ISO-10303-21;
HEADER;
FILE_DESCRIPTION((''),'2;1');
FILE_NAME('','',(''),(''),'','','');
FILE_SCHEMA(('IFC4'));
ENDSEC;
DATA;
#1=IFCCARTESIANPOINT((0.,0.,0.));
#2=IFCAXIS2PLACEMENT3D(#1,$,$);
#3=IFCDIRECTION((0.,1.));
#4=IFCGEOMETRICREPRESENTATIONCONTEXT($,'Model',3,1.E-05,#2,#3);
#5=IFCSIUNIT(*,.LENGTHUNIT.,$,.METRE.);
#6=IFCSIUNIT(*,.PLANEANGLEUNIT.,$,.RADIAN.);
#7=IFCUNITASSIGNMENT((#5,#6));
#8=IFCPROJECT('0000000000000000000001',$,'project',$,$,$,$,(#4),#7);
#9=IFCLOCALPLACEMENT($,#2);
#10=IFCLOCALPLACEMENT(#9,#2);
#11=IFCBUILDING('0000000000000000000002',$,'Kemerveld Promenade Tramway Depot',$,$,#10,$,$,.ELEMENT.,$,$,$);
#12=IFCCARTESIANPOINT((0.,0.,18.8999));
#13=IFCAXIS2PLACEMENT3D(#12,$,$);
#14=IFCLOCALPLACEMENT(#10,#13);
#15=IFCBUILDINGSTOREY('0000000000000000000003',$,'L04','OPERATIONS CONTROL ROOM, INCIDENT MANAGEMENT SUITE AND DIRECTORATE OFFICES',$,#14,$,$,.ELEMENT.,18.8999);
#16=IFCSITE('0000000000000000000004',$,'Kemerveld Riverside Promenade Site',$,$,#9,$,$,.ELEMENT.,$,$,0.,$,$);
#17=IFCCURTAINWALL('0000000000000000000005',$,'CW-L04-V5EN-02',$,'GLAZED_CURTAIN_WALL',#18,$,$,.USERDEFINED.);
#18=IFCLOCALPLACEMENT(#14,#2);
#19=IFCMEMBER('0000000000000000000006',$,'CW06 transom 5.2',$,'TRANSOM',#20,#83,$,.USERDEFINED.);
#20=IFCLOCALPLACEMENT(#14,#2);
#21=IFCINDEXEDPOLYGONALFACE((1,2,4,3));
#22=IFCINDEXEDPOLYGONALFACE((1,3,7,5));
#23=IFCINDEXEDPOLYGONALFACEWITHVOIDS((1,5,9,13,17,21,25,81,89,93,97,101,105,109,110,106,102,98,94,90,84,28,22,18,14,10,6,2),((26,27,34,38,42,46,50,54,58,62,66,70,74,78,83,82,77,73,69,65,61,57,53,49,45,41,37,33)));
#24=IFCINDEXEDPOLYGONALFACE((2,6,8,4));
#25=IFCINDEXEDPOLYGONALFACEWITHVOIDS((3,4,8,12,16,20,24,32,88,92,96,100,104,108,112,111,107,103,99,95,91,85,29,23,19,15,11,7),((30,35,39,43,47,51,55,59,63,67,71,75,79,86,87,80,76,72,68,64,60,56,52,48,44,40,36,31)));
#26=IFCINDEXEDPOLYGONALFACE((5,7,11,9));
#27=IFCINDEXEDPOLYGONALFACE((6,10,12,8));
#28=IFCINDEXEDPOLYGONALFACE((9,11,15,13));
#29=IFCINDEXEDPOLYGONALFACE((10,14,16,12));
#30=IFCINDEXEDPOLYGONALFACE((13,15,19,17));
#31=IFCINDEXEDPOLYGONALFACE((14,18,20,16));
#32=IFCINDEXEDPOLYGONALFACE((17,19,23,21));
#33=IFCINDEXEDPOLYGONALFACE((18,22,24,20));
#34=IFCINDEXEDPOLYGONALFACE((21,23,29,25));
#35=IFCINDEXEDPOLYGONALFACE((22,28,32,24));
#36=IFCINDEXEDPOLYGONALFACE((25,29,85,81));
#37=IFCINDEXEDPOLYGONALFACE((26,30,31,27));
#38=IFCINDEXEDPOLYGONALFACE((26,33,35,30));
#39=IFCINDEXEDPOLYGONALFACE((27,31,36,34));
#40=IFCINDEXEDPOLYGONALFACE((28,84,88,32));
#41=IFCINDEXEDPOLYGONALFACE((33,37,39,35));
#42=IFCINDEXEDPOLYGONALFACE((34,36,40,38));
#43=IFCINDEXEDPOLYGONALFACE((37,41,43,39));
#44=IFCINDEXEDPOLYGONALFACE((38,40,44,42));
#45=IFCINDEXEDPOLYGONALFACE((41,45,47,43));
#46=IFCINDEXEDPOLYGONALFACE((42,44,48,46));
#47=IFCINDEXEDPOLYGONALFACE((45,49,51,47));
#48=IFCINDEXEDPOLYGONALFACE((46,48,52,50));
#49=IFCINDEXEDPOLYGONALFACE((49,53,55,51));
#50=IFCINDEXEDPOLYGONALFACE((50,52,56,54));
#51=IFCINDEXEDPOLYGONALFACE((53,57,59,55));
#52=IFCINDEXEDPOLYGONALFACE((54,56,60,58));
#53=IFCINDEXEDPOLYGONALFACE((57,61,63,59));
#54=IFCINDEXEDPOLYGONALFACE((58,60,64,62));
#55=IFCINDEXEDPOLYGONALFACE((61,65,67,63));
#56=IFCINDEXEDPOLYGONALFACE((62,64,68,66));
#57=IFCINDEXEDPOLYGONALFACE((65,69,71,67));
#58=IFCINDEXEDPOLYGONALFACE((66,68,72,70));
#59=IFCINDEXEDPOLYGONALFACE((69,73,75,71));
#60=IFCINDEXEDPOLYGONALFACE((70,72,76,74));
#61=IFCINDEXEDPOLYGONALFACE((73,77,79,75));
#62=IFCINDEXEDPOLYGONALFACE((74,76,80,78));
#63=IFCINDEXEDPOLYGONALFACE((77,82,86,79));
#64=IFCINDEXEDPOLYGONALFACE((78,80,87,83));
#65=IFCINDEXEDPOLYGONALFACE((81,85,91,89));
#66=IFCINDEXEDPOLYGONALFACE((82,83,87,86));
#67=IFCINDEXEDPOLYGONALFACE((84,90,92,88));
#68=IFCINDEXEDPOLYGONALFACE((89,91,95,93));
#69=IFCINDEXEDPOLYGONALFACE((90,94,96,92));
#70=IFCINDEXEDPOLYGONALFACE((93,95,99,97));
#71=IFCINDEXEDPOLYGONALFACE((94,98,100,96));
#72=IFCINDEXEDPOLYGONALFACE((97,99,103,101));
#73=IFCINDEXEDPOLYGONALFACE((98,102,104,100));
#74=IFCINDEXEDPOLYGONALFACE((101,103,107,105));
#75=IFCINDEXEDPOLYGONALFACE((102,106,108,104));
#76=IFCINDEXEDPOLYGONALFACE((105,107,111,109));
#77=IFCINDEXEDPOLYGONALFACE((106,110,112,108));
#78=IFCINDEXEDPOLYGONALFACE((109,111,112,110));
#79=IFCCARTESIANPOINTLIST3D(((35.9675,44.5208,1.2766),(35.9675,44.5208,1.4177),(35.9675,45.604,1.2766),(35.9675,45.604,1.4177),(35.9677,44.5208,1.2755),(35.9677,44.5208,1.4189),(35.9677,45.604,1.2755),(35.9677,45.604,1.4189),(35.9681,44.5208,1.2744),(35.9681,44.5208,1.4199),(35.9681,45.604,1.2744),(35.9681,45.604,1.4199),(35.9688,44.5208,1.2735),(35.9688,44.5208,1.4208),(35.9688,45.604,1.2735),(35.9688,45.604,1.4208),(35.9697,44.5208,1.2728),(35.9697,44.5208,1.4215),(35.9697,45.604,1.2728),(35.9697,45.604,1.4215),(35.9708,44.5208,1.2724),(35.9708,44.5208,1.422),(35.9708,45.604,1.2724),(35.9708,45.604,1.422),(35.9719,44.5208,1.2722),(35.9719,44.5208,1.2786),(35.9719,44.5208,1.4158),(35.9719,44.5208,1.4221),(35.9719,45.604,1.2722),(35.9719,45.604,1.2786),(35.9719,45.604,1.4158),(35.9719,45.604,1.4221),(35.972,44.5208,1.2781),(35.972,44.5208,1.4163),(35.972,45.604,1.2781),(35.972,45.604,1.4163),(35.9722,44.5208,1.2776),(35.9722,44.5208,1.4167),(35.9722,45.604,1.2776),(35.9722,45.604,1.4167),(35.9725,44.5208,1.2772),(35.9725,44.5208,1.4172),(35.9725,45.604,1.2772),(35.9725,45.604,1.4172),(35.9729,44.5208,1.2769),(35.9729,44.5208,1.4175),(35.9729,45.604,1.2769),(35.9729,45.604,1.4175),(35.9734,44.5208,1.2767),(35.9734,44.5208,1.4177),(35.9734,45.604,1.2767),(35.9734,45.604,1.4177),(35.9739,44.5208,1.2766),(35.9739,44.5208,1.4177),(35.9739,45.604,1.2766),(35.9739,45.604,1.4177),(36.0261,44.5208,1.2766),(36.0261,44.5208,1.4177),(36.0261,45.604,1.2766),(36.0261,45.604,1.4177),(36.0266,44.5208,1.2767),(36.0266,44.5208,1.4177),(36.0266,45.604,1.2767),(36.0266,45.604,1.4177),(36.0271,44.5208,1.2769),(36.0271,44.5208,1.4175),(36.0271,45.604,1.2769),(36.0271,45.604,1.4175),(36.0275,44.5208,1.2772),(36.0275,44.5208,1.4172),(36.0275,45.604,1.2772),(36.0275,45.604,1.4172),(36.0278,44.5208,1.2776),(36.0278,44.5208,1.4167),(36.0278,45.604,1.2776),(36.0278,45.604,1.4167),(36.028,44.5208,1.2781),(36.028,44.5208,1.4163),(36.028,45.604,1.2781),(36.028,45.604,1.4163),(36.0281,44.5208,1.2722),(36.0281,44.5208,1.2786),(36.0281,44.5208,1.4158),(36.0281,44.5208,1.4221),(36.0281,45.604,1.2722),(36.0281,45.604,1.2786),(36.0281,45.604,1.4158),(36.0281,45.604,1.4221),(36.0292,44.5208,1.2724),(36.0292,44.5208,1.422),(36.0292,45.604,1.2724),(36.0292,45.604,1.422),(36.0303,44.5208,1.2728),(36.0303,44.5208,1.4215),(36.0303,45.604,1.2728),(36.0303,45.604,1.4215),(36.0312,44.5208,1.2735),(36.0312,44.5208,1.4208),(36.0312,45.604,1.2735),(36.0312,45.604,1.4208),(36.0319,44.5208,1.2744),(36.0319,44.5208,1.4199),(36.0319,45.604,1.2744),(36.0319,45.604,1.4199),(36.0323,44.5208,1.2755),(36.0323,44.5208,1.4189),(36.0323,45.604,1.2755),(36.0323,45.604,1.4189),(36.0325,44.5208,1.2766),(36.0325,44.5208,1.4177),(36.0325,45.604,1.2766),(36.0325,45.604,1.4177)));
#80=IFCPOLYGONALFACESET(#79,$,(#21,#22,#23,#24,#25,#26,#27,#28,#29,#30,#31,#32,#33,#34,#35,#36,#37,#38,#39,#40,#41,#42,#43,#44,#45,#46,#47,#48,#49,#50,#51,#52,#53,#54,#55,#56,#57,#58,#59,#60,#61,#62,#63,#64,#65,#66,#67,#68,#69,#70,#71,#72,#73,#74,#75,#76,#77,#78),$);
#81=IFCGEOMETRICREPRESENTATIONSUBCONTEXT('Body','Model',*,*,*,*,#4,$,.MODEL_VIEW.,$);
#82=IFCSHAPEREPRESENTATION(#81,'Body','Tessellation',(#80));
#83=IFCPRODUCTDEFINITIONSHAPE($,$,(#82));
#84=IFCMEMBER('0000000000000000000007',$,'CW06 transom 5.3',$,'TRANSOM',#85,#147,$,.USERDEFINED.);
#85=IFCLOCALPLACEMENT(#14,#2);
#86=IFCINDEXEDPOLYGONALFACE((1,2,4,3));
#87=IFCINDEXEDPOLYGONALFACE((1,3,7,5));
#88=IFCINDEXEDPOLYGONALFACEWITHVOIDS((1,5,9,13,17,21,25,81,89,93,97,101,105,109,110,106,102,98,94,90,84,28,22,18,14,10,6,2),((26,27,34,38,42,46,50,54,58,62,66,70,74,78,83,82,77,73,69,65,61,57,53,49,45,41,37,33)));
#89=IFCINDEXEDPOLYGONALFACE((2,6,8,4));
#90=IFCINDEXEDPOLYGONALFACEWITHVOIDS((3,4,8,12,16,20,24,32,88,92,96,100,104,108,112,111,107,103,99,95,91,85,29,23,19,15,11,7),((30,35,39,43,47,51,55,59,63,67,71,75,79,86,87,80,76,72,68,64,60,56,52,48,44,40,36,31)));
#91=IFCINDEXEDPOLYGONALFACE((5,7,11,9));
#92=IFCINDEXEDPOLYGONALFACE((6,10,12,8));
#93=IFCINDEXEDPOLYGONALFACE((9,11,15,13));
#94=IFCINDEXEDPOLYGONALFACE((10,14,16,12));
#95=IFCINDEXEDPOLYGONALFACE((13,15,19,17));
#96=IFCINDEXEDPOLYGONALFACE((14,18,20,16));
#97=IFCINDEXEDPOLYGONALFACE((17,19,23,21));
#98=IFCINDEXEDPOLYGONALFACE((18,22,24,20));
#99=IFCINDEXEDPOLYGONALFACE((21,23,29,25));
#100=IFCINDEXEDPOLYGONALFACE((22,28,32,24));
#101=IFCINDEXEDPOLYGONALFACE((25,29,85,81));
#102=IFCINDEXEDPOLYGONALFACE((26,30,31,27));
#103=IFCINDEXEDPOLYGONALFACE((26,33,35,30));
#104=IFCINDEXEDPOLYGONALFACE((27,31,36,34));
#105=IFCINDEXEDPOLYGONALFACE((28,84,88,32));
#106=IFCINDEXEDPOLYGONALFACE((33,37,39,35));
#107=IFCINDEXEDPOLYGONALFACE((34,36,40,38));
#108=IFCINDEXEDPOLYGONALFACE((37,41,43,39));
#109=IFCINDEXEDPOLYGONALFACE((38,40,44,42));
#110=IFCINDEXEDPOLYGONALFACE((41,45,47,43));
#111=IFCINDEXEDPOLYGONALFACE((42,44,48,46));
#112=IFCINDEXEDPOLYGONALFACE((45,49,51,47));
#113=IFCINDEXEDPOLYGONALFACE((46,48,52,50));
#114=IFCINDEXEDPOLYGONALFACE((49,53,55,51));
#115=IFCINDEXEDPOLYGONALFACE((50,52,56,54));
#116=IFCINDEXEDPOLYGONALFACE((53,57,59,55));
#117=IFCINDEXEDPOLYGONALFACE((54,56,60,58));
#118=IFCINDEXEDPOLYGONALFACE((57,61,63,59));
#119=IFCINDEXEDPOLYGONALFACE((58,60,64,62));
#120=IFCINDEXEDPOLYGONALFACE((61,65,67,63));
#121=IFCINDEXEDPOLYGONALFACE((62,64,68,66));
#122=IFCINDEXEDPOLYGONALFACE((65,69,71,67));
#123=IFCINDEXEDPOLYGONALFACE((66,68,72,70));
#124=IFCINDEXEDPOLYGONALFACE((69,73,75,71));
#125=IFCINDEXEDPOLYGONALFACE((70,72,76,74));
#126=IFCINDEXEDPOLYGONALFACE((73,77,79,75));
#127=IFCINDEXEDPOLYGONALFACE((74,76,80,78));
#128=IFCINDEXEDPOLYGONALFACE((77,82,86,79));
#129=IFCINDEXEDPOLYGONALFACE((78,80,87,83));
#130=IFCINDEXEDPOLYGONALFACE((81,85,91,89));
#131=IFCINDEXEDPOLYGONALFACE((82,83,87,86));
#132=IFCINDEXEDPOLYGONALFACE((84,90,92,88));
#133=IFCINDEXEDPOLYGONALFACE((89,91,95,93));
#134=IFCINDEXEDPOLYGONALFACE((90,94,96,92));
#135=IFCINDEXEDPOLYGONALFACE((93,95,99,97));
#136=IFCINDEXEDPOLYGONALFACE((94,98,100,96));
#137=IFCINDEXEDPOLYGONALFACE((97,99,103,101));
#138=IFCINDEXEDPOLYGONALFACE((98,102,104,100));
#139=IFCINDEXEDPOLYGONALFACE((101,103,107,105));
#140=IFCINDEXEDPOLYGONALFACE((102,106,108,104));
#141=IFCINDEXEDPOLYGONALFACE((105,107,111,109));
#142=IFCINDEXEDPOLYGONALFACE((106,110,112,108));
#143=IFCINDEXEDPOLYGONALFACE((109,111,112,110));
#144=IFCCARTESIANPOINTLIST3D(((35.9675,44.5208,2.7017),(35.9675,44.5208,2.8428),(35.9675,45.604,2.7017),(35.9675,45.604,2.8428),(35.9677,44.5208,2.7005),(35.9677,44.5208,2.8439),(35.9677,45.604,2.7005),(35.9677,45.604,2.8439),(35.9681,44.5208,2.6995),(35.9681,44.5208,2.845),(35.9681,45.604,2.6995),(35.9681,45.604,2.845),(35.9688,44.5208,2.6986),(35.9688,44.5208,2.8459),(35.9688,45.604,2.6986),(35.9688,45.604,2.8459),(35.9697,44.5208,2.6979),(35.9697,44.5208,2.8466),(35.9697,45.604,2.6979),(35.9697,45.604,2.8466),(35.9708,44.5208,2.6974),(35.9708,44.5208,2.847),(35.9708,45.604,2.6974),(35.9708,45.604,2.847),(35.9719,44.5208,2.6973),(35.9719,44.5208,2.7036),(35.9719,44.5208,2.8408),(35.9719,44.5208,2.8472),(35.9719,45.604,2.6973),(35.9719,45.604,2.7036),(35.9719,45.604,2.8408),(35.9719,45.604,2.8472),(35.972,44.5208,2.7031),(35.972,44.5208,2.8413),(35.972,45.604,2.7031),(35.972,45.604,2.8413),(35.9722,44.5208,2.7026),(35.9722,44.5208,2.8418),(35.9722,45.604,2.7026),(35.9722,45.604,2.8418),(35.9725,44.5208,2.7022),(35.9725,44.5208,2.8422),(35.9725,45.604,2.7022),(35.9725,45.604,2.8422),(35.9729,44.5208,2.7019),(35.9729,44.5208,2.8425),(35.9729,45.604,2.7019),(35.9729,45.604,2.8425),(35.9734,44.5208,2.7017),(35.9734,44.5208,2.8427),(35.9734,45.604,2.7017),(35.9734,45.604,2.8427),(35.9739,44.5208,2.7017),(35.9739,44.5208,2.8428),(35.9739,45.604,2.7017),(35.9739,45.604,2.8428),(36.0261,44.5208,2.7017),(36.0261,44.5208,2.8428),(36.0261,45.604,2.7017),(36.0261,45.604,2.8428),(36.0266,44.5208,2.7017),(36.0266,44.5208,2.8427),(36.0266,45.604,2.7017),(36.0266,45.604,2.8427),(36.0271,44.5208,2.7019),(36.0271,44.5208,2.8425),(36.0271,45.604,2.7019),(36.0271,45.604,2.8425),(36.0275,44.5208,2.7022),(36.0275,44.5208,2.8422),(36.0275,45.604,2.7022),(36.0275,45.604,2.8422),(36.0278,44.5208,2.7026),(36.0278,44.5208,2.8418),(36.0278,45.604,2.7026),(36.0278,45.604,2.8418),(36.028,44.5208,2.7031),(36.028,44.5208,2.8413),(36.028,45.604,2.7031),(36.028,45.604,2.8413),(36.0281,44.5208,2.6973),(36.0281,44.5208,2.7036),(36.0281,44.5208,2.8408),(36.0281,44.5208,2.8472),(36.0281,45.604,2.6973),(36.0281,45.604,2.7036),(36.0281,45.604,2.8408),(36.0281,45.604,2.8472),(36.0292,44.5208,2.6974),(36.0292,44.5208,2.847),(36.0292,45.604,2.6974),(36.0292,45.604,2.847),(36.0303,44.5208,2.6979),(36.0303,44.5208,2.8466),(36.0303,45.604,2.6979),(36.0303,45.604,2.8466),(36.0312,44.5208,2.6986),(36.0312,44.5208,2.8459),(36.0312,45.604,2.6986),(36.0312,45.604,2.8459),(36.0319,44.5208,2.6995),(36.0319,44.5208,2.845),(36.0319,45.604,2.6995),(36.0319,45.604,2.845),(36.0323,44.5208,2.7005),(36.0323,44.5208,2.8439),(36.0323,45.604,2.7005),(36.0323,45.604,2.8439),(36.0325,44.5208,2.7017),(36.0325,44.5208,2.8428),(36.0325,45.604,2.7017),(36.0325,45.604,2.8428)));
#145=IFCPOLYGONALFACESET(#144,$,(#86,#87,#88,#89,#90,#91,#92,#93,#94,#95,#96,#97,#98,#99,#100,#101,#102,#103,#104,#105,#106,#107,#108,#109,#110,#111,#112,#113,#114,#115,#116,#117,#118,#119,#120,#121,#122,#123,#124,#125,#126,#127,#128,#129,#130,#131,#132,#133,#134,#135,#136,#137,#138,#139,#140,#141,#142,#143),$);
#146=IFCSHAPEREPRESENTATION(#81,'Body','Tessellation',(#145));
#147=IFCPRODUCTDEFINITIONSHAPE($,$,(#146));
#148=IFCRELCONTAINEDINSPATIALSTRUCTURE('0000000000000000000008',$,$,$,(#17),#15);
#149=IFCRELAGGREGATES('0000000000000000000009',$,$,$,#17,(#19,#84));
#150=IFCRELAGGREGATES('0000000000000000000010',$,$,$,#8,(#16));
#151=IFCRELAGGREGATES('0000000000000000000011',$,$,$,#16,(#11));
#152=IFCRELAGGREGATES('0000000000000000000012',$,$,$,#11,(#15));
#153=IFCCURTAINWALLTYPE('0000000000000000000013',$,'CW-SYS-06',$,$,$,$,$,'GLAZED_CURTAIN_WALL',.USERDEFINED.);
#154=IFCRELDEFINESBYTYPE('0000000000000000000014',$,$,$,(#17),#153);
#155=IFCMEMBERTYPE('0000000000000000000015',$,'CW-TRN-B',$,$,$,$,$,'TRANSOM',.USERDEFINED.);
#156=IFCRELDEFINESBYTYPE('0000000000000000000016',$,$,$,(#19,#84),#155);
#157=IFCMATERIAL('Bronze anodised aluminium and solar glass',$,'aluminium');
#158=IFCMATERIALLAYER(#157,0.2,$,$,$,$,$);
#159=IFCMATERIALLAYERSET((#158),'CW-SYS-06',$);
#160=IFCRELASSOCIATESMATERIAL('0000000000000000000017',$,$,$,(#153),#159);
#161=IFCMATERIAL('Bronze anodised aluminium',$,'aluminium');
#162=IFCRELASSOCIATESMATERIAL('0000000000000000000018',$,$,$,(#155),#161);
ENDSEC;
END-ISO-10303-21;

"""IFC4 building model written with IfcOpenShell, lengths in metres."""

from ifc_helpers import new_model, si_unit, direction, frame, origin, origin_2d, place, context, subcontext, project, spatial, hollow_rectangle, extrude, material, layer, layer_set, material_profile, profile_set, type_object, element, aggregate, save


model = new_model("IFC4")

# Units and contexts
model_context = context("Model", 3, precision=1e-05, world=origin(), true_north=direction((0.0, 1.0)))
body_context = subcontext(model_context, "Body", "Model", "MODEL_VIEW")
ifc_project = project(units=[si_unit("LENGTHUNIT", "METRE"), si_unit("PLANEANGLEUNIT", "RADIAN")], contexts=[model_context])

# Site, building, storey
site_placement = place(None, origin())
site = spatial("IfcSite", under=ifc_project, at=site_placement, Name="Kemerveld Riverside Promenade Site", CompositionType="ELEMENT", RefElevation=0.0)
building_placement = place(site_placement, origin())
building = spatial("IfcBuilding", under=site, at=building_placement, Name="Kemerveld Promenade Tramway Depot", CompositionType="ELEMENT")
storey_placement = place(building_placement, frame((0.0, 0.0, 18.8999)))
storey = spatial("IfcBuildingStorey", under=building, at=storey_placement, Name="L04", Description="OPERATIONS CONTROL ROOM, INCIDENT MANAGEMENT SUITE AND DIRECTORATE OFFICES", CompositionType="ELEMENT", Elevation=18.8999)

# Curtain wall, members
ifc_material_1 = material(Name="Bronze anodised aluminium and solar glass", Category="aluminium")
ifc_layer_1 = layer(ifc_material_1, 0.2)
ifc_layer_set_1 = layer_set([ifc_layer_1], Name="CW-SYS-06")
curtain_wall_type = type_object("IfcCurtainWallType", Name="CW-SYS-06", ElementType="GLAZED_CURTAIN_WALL", PredefinedType="USERDEFINED", material=ifc_layer_set_1)
curtain_wall_placement = place(storey_placement, origin())
curtain_wall = element("IfcCurtainWall", 1, at=curtain_wall_placement, inside=storey, type_object=curtain_wall_type, Name="CW-L04-V5EN-02", ObjectType="GLAZED_CURTAIN_WALL", PredefinedType="USERDEFINED")
ifc_material_2 = material(Name="Bronze anodised aluminium", Category="aluminium")
ifc_material_profile_1 = material_profile(ifc_material_2, hollow_rectangle(XDim=0.0649, YDim=0.1499, WallThickness=0.0044, InnerFilletRadius=0.002, OuterFilletRadius=0.0044, at=origin_2d()), Name="CW-TRN-150x65")
ifc_profile_set_1 = profile_set([ifc_material_profile_1], Name="Bronze anodised aluminium")
member_type_1 = type_object("IfcMemberType", Name="CW-TRN-B", ElementType="TRANSOM", PredefinedType="USERDEFINED", material=ifc_profile_set_1)
member_1_placement = place(storey_placement, frame((36.0, 45.604, 1.3472), z_axis=(0.0, -1.0, 0.0), x_axis=(1.0, 0.0, 0.0)))
member_1 = element("IfcMember", 2, at=member_1_placement, type_object=member_type_1, Name="CW06 transom 5.2", ObjectType="TRANSOM", PredefinedType="USERDEFINED", context=body_context, shape_type="SweptSolid", body=[
    extrude(hollow_rectangle(XDim=0.0649, YDim=0.1499, WallThickness=0.0044, InnerFilletRadius=0.002, OuterFilletRadius=0.0044, at=origin_2d()), origin(), (0.0, 0.0, 1.0), 1.0833),
])
member_2_placement = place(storey_placement, frame((36.0, 45.604, 2.7722), z_axis=(0.0, -1.0, 0.0), x_axis=(1.0, 0.0, 0.0)))
member_2 = element("IfcMember", 3, at=member_2_placement, type_object=member_type_1, Name="CW06 transom 5.3", ObjectType="TRANSOM", PredefinedType="USERDEFINED", context=body_context, shape_type="SweptSolid", body=[
    extrude(hollow_rectangle(XDim=0.0649, YDim=0.1499, WallThickness=0.0044, InnerFilletRadius=0.002, OuterFilletRadius=0.0044, at=origin_2d()), origin(), (0.0, 0.0, 1.0), 1.0833),
])
aggregate(curtain_wall, [member_1, member_2])

save(model, "model.ifc")
